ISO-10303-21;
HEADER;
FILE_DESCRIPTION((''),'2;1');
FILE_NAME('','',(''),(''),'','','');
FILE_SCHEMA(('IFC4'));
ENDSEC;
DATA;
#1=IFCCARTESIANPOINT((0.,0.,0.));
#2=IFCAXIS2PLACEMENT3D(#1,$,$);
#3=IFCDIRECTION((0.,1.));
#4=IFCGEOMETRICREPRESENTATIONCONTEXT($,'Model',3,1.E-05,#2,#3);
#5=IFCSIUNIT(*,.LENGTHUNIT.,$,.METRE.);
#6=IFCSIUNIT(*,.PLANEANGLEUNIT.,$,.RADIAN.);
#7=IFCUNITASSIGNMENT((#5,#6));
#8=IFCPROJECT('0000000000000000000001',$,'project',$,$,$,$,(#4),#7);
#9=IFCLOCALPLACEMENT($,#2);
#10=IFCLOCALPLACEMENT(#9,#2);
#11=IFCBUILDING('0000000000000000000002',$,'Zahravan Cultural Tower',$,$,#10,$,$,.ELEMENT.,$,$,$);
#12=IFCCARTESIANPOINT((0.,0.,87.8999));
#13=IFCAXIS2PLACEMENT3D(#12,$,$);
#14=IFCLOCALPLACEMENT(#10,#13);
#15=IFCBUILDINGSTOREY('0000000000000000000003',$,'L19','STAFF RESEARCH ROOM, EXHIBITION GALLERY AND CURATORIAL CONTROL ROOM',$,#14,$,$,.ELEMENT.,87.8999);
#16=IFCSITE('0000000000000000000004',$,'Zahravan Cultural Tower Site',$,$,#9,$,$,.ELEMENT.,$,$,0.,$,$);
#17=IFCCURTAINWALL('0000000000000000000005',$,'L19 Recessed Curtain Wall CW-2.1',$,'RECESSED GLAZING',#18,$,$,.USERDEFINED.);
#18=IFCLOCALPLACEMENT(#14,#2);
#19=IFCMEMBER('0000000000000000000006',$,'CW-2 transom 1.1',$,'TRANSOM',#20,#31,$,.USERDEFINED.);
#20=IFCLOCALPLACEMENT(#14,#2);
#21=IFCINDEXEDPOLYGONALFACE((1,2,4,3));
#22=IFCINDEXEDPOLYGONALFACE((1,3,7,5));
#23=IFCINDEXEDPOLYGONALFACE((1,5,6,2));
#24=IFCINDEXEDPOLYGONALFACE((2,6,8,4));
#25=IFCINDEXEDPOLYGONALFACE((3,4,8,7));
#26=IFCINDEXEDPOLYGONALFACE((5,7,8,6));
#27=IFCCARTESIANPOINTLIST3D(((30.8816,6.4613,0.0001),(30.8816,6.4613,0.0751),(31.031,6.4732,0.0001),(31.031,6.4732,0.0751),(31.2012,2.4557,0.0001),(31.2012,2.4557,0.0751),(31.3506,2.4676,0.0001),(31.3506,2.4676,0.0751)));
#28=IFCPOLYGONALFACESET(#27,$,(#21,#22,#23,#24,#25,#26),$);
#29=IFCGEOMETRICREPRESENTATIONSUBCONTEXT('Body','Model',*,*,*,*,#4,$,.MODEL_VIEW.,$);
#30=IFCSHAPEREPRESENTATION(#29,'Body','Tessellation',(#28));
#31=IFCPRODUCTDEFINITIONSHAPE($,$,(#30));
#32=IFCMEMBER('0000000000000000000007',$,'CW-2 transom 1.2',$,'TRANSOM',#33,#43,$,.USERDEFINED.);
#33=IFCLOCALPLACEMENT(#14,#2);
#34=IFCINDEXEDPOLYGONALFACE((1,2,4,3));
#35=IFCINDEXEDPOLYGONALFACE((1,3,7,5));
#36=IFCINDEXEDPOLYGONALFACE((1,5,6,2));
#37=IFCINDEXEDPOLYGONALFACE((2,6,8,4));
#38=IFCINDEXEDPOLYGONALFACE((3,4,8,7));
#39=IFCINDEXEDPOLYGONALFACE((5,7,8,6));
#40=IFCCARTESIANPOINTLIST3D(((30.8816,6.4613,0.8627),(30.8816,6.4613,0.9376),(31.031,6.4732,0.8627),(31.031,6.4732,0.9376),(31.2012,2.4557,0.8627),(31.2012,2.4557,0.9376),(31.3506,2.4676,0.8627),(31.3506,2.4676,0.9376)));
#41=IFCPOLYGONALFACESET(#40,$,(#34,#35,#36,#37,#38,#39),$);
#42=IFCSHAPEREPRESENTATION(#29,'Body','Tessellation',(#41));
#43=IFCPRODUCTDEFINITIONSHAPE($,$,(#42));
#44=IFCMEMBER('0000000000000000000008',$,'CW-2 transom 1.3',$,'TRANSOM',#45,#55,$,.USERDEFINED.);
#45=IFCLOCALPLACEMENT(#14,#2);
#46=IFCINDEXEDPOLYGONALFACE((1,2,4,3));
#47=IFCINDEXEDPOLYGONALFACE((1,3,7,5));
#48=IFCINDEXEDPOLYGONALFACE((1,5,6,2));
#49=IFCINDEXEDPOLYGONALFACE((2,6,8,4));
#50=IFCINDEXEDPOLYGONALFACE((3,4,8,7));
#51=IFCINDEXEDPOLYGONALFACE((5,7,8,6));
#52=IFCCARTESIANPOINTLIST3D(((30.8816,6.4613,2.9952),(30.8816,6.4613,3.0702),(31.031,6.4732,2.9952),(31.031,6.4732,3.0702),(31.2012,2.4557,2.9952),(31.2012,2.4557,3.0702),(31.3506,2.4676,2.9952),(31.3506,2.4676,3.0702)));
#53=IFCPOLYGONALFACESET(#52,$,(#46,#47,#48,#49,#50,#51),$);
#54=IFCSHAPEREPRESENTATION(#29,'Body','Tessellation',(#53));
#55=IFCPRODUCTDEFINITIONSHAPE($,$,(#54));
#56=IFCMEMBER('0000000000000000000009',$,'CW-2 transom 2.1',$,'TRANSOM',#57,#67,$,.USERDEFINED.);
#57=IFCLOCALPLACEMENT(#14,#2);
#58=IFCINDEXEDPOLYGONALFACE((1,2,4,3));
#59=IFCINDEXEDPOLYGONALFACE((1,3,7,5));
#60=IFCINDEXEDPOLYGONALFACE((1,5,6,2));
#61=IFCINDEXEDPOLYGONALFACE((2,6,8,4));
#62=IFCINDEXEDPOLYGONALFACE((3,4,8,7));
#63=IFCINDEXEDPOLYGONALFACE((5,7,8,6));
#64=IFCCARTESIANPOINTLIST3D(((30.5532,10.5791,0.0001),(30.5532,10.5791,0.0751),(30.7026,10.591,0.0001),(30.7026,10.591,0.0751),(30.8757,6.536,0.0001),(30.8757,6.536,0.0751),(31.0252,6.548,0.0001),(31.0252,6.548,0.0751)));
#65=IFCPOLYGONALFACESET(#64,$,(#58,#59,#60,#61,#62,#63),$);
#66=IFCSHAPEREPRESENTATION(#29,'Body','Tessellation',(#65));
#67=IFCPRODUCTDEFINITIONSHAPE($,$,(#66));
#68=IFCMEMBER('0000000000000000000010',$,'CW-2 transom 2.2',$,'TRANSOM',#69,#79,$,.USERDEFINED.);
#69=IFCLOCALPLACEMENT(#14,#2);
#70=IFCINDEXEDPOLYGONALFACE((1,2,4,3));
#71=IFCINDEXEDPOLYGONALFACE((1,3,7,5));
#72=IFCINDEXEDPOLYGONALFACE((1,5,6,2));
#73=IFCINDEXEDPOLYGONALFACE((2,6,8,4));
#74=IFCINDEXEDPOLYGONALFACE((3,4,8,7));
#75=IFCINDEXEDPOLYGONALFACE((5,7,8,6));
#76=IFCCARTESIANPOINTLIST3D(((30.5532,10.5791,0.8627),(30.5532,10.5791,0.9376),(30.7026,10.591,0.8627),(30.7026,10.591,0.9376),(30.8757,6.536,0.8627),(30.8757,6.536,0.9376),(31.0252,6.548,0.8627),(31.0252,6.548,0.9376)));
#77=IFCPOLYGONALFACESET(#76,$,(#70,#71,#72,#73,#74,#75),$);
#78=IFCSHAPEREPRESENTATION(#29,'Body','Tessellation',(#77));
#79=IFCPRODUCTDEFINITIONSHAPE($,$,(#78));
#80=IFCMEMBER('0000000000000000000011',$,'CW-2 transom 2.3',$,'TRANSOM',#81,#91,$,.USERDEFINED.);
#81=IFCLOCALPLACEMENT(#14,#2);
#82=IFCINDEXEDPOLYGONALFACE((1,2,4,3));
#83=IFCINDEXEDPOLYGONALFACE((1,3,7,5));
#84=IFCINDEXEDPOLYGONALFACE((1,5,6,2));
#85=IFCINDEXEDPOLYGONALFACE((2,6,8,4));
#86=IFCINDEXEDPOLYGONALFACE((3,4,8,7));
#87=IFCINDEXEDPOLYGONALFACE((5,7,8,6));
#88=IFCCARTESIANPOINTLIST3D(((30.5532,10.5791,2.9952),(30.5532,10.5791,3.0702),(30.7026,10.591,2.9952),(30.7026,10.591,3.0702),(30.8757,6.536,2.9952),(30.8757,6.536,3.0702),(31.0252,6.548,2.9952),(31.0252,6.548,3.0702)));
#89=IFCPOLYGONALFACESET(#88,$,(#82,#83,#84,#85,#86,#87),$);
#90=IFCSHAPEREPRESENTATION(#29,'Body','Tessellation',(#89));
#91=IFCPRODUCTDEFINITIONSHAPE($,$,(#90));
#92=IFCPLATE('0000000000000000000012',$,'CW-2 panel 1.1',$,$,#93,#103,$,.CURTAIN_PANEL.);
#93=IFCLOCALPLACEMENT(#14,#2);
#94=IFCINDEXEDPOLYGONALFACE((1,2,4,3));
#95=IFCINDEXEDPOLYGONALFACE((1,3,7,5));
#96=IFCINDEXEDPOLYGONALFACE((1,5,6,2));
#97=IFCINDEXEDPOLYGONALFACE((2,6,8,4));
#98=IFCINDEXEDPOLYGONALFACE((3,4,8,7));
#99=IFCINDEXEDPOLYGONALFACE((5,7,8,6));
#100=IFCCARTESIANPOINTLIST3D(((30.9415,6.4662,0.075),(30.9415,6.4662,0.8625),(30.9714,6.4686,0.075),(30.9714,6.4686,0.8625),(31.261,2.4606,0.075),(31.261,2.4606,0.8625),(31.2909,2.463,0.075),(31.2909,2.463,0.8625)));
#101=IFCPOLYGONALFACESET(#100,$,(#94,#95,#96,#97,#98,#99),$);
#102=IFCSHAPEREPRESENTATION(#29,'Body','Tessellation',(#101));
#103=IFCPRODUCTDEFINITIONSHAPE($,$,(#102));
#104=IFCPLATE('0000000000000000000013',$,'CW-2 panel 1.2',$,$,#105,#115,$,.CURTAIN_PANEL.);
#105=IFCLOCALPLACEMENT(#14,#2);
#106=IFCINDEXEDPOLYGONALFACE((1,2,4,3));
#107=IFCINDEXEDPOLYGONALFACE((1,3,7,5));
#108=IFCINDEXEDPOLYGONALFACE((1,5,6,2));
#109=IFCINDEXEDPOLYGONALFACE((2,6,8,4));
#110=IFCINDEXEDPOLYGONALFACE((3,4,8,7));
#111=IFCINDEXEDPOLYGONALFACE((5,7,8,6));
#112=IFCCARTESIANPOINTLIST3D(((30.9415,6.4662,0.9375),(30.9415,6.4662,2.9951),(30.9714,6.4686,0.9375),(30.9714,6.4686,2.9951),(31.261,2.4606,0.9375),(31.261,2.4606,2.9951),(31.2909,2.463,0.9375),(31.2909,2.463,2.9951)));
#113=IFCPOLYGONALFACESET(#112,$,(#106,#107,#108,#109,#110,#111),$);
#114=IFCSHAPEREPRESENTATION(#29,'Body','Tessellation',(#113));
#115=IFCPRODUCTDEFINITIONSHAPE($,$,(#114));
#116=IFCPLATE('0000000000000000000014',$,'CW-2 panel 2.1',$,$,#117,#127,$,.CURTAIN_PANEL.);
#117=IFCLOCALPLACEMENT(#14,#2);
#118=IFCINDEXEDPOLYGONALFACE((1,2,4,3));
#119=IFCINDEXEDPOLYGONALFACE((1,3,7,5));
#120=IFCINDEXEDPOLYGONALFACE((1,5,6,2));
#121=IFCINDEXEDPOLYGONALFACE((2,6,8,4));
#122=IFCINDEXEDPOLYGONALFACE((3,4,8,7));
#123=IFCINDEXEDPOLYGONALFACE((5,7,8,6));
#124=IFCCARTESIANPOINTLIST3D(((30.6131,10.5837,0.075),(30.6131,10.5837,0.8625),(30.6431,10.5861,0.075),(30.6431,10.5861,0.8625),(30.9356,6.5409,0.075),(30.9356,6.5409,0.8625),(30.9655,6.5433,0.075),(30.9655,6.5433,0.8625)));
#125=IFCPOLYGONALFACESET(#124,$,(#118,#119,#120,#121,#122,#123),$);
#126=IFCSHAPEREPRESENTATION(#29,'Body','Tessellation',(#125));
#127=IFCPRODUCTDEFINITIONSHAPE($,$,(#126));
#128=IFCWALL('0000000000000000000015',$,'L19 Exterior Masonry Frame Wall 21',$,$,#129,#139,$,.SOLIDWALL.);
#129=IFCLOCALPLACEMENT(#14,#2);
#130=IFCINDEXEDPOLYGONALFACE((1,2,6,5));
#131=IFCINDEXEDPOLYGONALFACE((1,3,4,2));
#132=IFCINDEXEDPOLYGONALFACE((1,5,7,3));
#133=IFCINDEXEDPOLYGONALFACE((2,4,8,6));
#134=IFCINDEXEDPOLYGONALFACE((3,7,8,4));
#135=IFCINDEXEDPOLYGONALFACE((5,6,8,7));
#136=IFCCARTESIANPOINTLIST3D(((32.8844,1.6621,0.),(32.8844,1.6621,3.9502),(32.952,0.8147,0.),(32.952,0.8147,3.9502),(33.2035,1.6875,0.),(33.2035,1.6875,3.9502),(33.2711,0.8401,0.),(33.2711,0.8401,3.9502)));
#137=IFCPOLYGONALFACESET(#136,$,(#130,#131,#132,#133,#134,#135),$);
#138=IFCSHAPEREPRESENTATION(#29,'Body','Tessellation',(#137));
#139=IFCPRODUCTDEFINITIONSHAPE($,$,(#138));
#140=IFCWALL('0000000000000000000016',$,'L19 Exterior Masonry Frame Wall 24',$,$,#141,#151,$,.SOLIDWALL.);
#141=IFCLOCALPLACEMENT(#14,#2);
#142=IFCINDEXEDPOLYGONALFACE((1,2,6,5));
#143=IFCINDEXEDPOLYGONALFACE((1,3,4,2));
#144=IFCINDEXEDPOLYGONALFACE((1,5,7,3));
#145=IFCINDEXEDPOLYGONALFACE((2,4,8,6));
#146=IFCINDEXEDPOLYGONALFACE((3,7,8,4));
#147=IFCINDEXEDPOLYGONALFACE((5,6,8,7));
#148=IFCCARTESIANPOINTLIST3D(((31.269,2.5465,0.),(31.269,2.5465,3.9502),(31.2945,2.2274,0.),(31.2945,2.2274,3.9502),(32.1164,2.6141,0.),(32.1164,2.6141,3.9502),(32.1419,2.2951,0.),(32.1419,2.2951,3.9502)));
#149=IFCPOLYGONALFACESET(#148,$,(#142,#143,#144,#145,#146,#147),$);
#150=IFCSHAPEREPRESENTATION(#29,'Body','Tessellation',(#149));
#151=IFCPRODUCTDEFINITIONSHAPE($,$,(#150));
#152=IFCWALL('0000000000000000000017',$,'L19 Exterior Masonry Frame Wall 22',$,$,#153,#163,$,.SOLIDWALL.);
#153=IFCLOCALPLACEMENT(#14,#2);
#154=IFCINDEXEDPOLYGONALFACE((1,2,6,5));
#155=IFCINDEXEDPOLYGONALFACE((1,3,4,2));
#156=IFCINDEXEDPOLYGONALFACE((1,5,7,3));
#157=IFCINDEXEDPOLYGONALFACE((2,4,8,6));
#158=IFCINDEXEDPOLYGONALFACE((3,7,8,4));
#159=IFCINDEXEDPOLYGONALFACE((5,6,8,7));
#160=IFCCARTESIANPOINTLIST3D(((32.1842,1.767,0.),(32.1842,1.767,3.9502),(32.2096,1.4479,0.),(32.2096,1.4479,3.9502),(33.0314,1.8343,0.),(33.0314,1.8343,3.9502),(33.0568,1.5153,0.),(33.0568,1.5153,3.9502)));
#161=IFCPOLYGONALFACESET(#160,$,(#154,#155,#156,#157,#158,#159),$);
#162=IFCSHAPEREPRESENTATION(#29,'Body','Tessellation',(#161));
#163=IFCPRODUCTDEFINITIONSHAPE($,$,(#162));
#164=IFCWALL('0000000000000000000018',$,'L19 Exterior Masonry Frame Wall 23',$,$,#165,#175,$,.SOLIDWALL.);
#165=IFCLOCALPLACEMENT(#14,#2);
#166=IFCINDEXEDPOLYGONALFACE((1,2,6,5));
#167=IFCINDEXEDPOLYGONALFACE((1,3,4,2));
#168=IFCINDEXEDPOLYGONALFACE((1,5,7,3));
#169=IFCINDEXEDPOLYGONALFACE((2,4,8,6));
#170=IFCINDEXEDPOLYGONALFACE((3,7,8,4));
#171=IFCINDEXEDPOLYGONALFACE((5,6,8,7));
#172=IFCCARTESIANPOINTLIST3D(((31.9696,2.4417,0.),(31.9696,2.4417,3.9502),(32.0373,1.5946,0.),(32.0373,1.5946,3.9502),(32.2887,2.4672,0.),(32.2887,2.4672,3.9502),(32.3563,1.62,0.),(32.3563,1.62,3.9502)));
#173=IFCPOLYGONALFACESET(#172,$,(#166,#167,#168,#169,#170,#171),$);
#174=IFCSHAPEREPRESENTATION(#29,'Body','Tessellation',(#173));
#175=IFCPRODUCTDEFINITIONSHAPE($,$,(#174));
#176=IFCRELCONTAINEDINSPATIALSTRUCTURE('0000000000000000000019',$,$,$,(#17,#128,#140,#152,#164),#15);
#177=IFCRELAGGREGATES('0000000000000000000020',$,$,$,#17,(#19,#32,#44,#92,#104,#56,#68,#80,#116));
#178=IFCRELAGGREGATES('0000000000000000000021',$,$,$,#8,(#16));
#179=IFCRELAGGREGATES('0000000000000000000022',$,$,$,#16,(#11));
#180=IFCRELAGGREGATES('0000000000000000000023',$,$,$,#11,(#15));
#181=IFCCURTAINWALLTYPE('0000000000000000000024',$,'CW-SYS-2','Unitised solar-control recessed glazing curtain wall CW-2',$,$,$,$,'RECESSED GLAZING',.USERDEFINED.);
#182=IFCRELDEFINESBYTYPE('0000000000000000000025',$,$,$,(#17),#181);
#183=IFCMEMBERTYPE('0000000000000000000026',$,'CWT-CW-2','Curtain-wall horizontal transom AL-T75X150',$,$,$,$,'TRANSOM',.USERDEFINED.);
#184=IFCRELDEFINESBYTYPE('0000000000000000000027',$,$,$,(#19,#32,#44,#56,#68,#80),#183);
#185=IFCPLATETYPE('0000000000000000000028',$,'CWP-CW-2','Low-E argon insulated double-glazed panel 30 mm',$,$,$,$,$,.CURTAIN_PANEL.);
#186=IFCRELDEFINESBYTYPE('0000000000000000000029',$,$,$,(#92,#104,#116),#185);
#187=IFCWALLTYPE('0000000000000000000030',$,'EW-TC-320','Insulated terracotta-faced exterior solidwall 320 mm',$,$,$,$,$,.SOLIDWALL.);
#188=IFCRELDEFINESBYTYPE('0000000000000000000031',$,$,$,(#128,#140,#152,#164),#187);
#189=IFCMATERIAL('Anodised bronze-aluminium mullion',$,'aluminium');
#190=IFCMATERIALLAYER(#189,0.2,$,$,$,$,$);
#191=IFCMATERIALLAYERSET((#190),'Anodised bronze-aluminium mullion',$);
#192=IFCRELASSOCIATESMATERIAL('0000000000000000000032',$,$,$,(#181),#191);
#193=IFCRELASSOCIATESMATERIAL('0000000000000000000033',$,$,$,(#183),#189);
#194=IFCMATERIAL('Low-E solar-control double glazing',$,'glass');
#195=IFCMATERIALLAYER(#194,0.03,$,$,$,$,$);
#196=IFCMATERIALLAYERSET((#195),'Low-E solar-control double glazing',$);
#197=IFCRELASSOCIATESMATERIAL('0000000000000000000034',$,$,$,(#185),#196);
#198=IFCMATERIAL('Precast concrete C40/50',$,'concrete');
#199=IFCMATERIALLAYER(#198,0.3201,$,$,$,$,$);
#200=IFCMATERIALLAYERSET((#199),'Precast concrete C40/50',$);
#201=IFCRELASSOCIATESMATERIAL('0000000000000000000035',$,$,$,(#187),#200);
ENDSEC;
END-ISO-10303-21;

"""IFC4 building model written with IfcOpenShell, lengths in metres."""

from ifc_helpers import new_model, si_unit, direction, frame, frame_2d, origin, origin_2d, place, context, subcontext, project, spatial, rectangle, extrude, source, transform, mapped, material, layer, layer_set, material_profile, profile_set, type_object, element, aggregate, save


model = new_model("IFC4")

# Units and contexts
model_context = context("Model", 3, precision=1e-05, world=origin(), true_north=direction((0.0, 1.0)))
body_context = subcontext(model_context, "Body", "Model", "MODEL_VIEW")
ifc_project = project(units=[si_unit("LENGTHUNIT", "METRE"), si_unit("PLANEANGLEUNIT", "RADIAN")], contexts=[model_context])

# Site, building, storey
site_placement = place(None, origin())
site = spatial("IfcSite", under=ifc_project, at=site_placement, Name="Zahravan Cultural Tower Site", CompositionType="ELEMENT", RefElevation=0.0)
building_placement = place(site_placement, origin())
building = spatial("IfcBuilding", under=site, at=building_placement, Name="Zahravan Cultural Tower", CompositionType="ELEMENT")
storey_placement = place(building_placement, frame((0.0, 0.0, 87.8999)))
storey = spatial("IfcBuildingStorey", under=building, at=storey_placement, Name="L19", Description="STAFF RESEARCH ROOM, EXHIBITION GALLERY AND CURATORIAL CONTROL ROOM", CompositionType="ELEMENT", Elevation=87.8999)

# Curtain wall, members, plates
ifc_material_1 = material(Name="Anodised bronze-aluminium mullion", Category="aluminium")
ifc_layer_1 = layer(ifc_material_1, 0.2)
ifc_layer_set_1 = layer_set([ifc_layer_1], Name="Anodised bronze-aluminium mullion")
curtain_wall_type = type_object("IfcCurtainWallType", Name="CW-SYS-2", Description="Unitised solar-control recessed glazing curtain wall CW-2", ElementType="RECESSED GLAZING", PredefinedType="USERDEFINED", material=ifc_layer_set_1)
curtain_wall_placement = place(storey_placement, origin())
curtain_wall = element("IfcCurtainWall", 1, at=curtain_wall_placement, inside=storey, type_object=curtain_wall_type, Name="L19 Recessed Curtain Wall CW-2.1", ObjectType="RECESSED GLAZING", PredefinedType="USERDEFINED")
ifc_material_profile_1 = material_profile(ifc_material_1, rectangle(XDim=0.1499, YDim=0.075, at=origin_2d()), Name="AL-T75X150")
ifc_profile_set_1 = profile_set([ifc_material_profile_1], Name="Anodised bronze-aluminium mullion")
member_type_1 = type_object("IfcMemberType", Name="CWT-CW-2", Description="Curtain-wall horizontal transom AL-T75X150", ElementType="TRANSOM", PredefinedType="USERDEFINED", material=ifc_profile_set_1)
shared_shape_1 = source(origin(), body_context, "Body", "SweptSolid", [
    extrude(rectangle(XDim=0.1499, YDim=0.075, at=origin_2d()), origin(), (0.0, 0.0, 1.0), 4.0183),
])
member_1_placement = place(storey_placement, frame((31.2759, 2.4617, 0.0376), z_axis=(-0.07953, 0.996832, 0.0), x_axis=(-0.996832, -0.07953, 0.0)))
member_1 = element("IfcMember", 2, at=member_1_placement, type_object=member_type_1, Name="CW-2 transom 1.1", ObjectType="TRANSOM", PredefinedType="USERDEFINED", context=body_context, shape_type="MappedRepresentation", body=[
    mapped(shared_shape_1, transform((0.0, 0.0, 0.0), x_axis=(1.0, 0.0, 0.0), y_axis=(0.0, 1.0, 0.0), z_axis=(0.0, 0.0, 1.0), scale=1.0)),
])
member_2_placement = place(storey_placement, frame((31.2759, 2.4617, 0.9001), z_axis=(-0.07953, 0.996832, 0.0), x_axis=(-0.996832, -0.07953, 0.0)))
member_2 = element("IfcMember", 3, at=member_2_placement, type_object=member_type_1, Name="CW-2 transom 1.2", ObjectType="TRANSOM", PredefinedType="USERDEFINED", context=body_context, shape_type="MappedRepresentation", body=[
    mapped(shared_shape_1, transform((0.0, 0.0, 0.0), x_axis=(1.0, 0.0, 0.0), y_axis=(0.0, 1.0, 0.0), z_axis=(0.0, 0.0, 1.0), scale=1.0)),
])
member_3_placement = place(storey_placement, frame((31.2759, 2.4617, 3.0327), z_axis=(-0.07953, 0.996832, 0.0), x_axis=(-0.996832, -0.07953, 0.0)))
member_3 = element("IfcMember", 4, at=member_3_placement, type_object=member_type_1, Name="CW-2 transom 1.3", ObjectType="TRANSOM", PredefinedType="USERDEFINED", context=body_context, shape_type="MappedRepresentation", body=[
    mapped(shared_shape_1, transform((0.0, 0.0, 0.0), x_axis=(1.0, 0.0, 0.0), y_axis=(0.0, 1.0, 0.0), z_axis=(0.0, 0.0, 1.0), scale=1.0)),
])
shared_shape_2 = source(origin(), body_context, "Body", "SweptSolid", [
    extrude(rectangle(XDim=0.1499, YDim=0.075, at=origin_2d()), origin(), (0.0, 0.0, 1.0), 4.0559),
])
member_4_placement = place(storey_placement, frame((30.9504, 6.542, 0.0376), z_axis=(-0.079518, 0.996833, 0.0), x_axis=(-0.996833, -0.079518, 0.0)))
member_4 = element("IfcMember", 5, at=member_4_placement, type_object=member_type_1, Name="CW-2 transom 2.1", ObjectType="TRANSOM", PredefinedType="USERDEFINED", context=body_context, shape_type="MappedRepresentation", body=[
    mapped(shared_shape_2, transform((0.0, 0.0, 0.0), x_axis=(1.0, 0.0, 0.0), y_axis=(0.0, 1.0, 0.0), z_axis=(0.0, 0.0, 1.0), scale=1.0)),
])
member_5_placement = place(storey_placement, frame((30.9504, 6.542, 0.9001), z_axis=(-0.079518, 0.996833, 0.0), x_axis=(-0.996833, -0.079518, 0.0)))
member_5 = element("IfcMember", 6, at=member_5_placement, type_object=member_type_1, Name="CW-2 transom 2.2", ObjectType="TRANSOM", PredefinedType="USERDEFINED", context=body_context, shape_type="MappedRepresentation", body=[
    mapped(shared_shape_2, transform((0.0, 0.0, 0.0), x_axis=(1.0, 0.0, 0.0), y_axis=(0.0, 1.0, 0.0), z_axis=(0.0, 0.0, 1.0), scale=1.0)),
])
member_6_placement = place(storey_placement, frame((30.9504, 6.542, 3.0327), z_axis=(-0.079518, 0.996833, 0.0), x_axis=(-0.996833, -0.079518, 0.0)))
member_6 = element("IfcMember", 7, at=member_6_placement, type_object=member_type_1, Name="CW-2 transom 2.3", ObjectType="TRANSOM", PredefinedType="USERDEFINED", context=body_context, shape_type="MappedRepresentation", body=[
    mapped(shared_shape_2, transform((0.0, 0.0, 0.0), x_axis=(1.0, 0.0, 0.0), y_axis=(0.0, 1.0, 0.0), z_axis=(0.0, 0.0, 1.0), scale=1.0)),
])
ifc_material_2 = material(Name="Low-E solar-control double glazing", Category="glass")
ifc_layer_2 = layer(ifc_material_2, 0.03)
ifc_layer_set_2 = layer_set([ifc_layer_2], Name="Low-E solar-control double glazing")
plate_type = type_object("IfcPlateType", Name="CWP-CW-2", Description="Low-E argon insulated double-glazed panel 30 mm", PredefinedType="CURTAIN_PANEL", material=ifc_layer_set_2)
shared_shape_3 = source(origin(), body_context, "Body", "SweptSolid", [
    extrude(rectangle(XDim=4.0183, YDim=0.03, at=origin_2d()), origin(), (0.0, 0.0, 1.0), 0.7876),
])
plate_1_placement = place(storey_placement, frame((31.1162, 4.4646, 0.075), z_axis=(0.0, 0.0, 1.0), x_axis=(-0.079501, 0.996835, 0.0)))
plate_1 = element("IfcPlate", 8, at=plate_1_placement, type_object=plate_type, Name="CW-2 panel 1.1", PredefinedType="CURTAIN_PANEL", context=body_context, shape_type="MappedRepresentation", body=[
    mapped(shared_shape_3, transform((0.0, 0.0, 0.0), x_axis=(1.0, 0.0, 0.0), y_axis=(0.0, 1.0, 0.0), z_axis=(0.0, 0.0, 1.0), scale=1.0)),
])
shared_shape_4 = source(origin(), body_context, "Body", "SweptSolid", [
    extrude(rectangle(XDim=4.0183, YDim=0.03, at=origin_2d()), origin(), (0.0, 0.0, 1.0), 2.0576),
])
plate_2_placement = place(storey_placement, frame((31.1162, 4.4646, 0.9375), z_axis=(0.0, 0.0, 1.0), x_axis=(-0.079501, 0.996835, 0.0)))
plate_2 = element("IfcPlate", 9, at=plate_2_placement, type_object=plate_type, Name="CW-2 panel 1.2", PredefinedType="CURTAIN_PANEL", context=body_context, shape_type="MappedRepresentation", body=[
    mapped(shared_shape_4, transform((0.0, 0.0, 0.0), x_axis=(1.0, 0.0, 0.0), y_axis=(0.0, 1.0, 0.0), z_axis=(0.0, 0.0, 1.0), scale=1.0)),
])
shared_shape_5 = source(origin(), body_context, "Body", "SweptSolid", [
    extrude(rectangle(XDim=4.0557, YDim=0.03, at=origin_2d()), origin(), (0.0, 0.0, 1.0), 0.7876),
])
plate_3_placement = place(storey_placement, frame((30.7893, 8.5635, 0.075), z_axis=(0.0, 0.0, 1.0), x_axis=(-0.079501, 0.996835, 0.0)))
plate_3 = element("IfcPlate", 10, at=plate_3_placement, type_object=plate_type, Name="CW-2 panel 2.1", PredefinedType="CURTAIN_PANEL", context=body_context, shape_type="MappedRepresentation", body=[
    mapped(shared_shape_5, transform((0.0, 0.0, 0.0), x_axis=(1.0, 0.0, 0.0), y_axis=(0.0, 1.0, 0.0), z_axis=(0.0, 0.0, 1.0), scale=1.0)),
])
aggregate(curtain_wall, [member_1, member_2, member_3, plate_1, plate_2, member_4, member_5, member_6, plate_3])

# Walls
ifc_material_3 = material(Name="Precast concrete C40/50", Category="concrete")
ifc_layer_3 = layer(ifc_material_3, 0.3201)
ifc_layer_set_3 = layer_set([ifc_layer_3], Name="Precast concrete C40/50")
wall_type_1 = type_object("IfcWallType", Name="EW-TC-320", Description="Insulated terracotta-faced exterior solidwall 320 mm", PredefinedType="SOLIDWALL", material=ifc_layer_set_3)
shared_shape_6 = source(origin(), body_context, "Body", "SweptSolid", [
    extrude(rectangle(XDim=0.8501, YDim=0.3201, at=frame_2d((0.425, 0.0))), origin(), (0.0, 0.0, 1.0), 3.9502),
])
for number, where, z_axis, x_axis, name in (
    (11, (33.1116, 0.8274, 0.0), (0.0, 0.0, 1.0), (-0.079551, 0.996831, 0.0), "L19 Exterior Masonry Frame Wall 21"),
    (12, (32.1292, 2.4546, 0.0), (0.0, 0.0, 1.0), (-0.996831, -0.079551, 0.0), "L19 Exterior Masonry Frame Wall 24"),
):
    element("IfcWall", number, at=place(storey_placement, frame(where, z_axis=z_axis, x_axis=x_axis)), inside=storey, type_object=wall_type_1, Name=name, PredefinedType="SOLIDWALL", context=body_context, shape_type="MappedRepresentation", body=[
        mapped(shared_shape_6, transform((0.0, 0.0, 0.0), x_axis=(1.0, 0.0, 0.0), y_axis=(0.0, 1.0, 0.0), z_axis=(0.0, 0.0, 1.0), scale=1.0)),
    ])
shared_shape_7 = source(origin(), body_context, "Body", "SweptSolid", [
    extrude(rectangle(XDim=0.8499, YDim=0.3201, at=frame_2d((0.4248, 0.0))), origin(), (0.0, 0.0, 1.0), 3.9502),
])
for number, where, z_axis, x_axis, name in (
    (13, (33.0439, 1.6748, 0.0), (0.0, 0.0, 1.0), (-0.996852, -0.079288, 0.0), "L19 Exterior Masonry Frame Wall 22"),
    (14, (32.1968, 1.6074, 0.0), (0.0, 0.0, 1.0), (-0.079574, 0.996829, 0.0), "L19 Exterior Masonry Frame Wall 23"),
):
    element("IfcWall", number, at=place(storey_placement, frame(where, z_axis=z_axis, x_axis=x_axis)), inside=storey, type_object=wall_type_1, Name=name, PredefinedType="SOLIDWALL", context=body_context, shape_type="MappedRepresentation", body=[
        mapped(shared_shape_7, transform((0.0, 0.0, 0.0), x_axis=(1.0, 0.0, 0.0), y_axis=(0.0, 1.0, 0.0), z_axis=(0.0, 0.0, 1.0), scale=1.0)),
    ])

save(model, "model.ifc")
